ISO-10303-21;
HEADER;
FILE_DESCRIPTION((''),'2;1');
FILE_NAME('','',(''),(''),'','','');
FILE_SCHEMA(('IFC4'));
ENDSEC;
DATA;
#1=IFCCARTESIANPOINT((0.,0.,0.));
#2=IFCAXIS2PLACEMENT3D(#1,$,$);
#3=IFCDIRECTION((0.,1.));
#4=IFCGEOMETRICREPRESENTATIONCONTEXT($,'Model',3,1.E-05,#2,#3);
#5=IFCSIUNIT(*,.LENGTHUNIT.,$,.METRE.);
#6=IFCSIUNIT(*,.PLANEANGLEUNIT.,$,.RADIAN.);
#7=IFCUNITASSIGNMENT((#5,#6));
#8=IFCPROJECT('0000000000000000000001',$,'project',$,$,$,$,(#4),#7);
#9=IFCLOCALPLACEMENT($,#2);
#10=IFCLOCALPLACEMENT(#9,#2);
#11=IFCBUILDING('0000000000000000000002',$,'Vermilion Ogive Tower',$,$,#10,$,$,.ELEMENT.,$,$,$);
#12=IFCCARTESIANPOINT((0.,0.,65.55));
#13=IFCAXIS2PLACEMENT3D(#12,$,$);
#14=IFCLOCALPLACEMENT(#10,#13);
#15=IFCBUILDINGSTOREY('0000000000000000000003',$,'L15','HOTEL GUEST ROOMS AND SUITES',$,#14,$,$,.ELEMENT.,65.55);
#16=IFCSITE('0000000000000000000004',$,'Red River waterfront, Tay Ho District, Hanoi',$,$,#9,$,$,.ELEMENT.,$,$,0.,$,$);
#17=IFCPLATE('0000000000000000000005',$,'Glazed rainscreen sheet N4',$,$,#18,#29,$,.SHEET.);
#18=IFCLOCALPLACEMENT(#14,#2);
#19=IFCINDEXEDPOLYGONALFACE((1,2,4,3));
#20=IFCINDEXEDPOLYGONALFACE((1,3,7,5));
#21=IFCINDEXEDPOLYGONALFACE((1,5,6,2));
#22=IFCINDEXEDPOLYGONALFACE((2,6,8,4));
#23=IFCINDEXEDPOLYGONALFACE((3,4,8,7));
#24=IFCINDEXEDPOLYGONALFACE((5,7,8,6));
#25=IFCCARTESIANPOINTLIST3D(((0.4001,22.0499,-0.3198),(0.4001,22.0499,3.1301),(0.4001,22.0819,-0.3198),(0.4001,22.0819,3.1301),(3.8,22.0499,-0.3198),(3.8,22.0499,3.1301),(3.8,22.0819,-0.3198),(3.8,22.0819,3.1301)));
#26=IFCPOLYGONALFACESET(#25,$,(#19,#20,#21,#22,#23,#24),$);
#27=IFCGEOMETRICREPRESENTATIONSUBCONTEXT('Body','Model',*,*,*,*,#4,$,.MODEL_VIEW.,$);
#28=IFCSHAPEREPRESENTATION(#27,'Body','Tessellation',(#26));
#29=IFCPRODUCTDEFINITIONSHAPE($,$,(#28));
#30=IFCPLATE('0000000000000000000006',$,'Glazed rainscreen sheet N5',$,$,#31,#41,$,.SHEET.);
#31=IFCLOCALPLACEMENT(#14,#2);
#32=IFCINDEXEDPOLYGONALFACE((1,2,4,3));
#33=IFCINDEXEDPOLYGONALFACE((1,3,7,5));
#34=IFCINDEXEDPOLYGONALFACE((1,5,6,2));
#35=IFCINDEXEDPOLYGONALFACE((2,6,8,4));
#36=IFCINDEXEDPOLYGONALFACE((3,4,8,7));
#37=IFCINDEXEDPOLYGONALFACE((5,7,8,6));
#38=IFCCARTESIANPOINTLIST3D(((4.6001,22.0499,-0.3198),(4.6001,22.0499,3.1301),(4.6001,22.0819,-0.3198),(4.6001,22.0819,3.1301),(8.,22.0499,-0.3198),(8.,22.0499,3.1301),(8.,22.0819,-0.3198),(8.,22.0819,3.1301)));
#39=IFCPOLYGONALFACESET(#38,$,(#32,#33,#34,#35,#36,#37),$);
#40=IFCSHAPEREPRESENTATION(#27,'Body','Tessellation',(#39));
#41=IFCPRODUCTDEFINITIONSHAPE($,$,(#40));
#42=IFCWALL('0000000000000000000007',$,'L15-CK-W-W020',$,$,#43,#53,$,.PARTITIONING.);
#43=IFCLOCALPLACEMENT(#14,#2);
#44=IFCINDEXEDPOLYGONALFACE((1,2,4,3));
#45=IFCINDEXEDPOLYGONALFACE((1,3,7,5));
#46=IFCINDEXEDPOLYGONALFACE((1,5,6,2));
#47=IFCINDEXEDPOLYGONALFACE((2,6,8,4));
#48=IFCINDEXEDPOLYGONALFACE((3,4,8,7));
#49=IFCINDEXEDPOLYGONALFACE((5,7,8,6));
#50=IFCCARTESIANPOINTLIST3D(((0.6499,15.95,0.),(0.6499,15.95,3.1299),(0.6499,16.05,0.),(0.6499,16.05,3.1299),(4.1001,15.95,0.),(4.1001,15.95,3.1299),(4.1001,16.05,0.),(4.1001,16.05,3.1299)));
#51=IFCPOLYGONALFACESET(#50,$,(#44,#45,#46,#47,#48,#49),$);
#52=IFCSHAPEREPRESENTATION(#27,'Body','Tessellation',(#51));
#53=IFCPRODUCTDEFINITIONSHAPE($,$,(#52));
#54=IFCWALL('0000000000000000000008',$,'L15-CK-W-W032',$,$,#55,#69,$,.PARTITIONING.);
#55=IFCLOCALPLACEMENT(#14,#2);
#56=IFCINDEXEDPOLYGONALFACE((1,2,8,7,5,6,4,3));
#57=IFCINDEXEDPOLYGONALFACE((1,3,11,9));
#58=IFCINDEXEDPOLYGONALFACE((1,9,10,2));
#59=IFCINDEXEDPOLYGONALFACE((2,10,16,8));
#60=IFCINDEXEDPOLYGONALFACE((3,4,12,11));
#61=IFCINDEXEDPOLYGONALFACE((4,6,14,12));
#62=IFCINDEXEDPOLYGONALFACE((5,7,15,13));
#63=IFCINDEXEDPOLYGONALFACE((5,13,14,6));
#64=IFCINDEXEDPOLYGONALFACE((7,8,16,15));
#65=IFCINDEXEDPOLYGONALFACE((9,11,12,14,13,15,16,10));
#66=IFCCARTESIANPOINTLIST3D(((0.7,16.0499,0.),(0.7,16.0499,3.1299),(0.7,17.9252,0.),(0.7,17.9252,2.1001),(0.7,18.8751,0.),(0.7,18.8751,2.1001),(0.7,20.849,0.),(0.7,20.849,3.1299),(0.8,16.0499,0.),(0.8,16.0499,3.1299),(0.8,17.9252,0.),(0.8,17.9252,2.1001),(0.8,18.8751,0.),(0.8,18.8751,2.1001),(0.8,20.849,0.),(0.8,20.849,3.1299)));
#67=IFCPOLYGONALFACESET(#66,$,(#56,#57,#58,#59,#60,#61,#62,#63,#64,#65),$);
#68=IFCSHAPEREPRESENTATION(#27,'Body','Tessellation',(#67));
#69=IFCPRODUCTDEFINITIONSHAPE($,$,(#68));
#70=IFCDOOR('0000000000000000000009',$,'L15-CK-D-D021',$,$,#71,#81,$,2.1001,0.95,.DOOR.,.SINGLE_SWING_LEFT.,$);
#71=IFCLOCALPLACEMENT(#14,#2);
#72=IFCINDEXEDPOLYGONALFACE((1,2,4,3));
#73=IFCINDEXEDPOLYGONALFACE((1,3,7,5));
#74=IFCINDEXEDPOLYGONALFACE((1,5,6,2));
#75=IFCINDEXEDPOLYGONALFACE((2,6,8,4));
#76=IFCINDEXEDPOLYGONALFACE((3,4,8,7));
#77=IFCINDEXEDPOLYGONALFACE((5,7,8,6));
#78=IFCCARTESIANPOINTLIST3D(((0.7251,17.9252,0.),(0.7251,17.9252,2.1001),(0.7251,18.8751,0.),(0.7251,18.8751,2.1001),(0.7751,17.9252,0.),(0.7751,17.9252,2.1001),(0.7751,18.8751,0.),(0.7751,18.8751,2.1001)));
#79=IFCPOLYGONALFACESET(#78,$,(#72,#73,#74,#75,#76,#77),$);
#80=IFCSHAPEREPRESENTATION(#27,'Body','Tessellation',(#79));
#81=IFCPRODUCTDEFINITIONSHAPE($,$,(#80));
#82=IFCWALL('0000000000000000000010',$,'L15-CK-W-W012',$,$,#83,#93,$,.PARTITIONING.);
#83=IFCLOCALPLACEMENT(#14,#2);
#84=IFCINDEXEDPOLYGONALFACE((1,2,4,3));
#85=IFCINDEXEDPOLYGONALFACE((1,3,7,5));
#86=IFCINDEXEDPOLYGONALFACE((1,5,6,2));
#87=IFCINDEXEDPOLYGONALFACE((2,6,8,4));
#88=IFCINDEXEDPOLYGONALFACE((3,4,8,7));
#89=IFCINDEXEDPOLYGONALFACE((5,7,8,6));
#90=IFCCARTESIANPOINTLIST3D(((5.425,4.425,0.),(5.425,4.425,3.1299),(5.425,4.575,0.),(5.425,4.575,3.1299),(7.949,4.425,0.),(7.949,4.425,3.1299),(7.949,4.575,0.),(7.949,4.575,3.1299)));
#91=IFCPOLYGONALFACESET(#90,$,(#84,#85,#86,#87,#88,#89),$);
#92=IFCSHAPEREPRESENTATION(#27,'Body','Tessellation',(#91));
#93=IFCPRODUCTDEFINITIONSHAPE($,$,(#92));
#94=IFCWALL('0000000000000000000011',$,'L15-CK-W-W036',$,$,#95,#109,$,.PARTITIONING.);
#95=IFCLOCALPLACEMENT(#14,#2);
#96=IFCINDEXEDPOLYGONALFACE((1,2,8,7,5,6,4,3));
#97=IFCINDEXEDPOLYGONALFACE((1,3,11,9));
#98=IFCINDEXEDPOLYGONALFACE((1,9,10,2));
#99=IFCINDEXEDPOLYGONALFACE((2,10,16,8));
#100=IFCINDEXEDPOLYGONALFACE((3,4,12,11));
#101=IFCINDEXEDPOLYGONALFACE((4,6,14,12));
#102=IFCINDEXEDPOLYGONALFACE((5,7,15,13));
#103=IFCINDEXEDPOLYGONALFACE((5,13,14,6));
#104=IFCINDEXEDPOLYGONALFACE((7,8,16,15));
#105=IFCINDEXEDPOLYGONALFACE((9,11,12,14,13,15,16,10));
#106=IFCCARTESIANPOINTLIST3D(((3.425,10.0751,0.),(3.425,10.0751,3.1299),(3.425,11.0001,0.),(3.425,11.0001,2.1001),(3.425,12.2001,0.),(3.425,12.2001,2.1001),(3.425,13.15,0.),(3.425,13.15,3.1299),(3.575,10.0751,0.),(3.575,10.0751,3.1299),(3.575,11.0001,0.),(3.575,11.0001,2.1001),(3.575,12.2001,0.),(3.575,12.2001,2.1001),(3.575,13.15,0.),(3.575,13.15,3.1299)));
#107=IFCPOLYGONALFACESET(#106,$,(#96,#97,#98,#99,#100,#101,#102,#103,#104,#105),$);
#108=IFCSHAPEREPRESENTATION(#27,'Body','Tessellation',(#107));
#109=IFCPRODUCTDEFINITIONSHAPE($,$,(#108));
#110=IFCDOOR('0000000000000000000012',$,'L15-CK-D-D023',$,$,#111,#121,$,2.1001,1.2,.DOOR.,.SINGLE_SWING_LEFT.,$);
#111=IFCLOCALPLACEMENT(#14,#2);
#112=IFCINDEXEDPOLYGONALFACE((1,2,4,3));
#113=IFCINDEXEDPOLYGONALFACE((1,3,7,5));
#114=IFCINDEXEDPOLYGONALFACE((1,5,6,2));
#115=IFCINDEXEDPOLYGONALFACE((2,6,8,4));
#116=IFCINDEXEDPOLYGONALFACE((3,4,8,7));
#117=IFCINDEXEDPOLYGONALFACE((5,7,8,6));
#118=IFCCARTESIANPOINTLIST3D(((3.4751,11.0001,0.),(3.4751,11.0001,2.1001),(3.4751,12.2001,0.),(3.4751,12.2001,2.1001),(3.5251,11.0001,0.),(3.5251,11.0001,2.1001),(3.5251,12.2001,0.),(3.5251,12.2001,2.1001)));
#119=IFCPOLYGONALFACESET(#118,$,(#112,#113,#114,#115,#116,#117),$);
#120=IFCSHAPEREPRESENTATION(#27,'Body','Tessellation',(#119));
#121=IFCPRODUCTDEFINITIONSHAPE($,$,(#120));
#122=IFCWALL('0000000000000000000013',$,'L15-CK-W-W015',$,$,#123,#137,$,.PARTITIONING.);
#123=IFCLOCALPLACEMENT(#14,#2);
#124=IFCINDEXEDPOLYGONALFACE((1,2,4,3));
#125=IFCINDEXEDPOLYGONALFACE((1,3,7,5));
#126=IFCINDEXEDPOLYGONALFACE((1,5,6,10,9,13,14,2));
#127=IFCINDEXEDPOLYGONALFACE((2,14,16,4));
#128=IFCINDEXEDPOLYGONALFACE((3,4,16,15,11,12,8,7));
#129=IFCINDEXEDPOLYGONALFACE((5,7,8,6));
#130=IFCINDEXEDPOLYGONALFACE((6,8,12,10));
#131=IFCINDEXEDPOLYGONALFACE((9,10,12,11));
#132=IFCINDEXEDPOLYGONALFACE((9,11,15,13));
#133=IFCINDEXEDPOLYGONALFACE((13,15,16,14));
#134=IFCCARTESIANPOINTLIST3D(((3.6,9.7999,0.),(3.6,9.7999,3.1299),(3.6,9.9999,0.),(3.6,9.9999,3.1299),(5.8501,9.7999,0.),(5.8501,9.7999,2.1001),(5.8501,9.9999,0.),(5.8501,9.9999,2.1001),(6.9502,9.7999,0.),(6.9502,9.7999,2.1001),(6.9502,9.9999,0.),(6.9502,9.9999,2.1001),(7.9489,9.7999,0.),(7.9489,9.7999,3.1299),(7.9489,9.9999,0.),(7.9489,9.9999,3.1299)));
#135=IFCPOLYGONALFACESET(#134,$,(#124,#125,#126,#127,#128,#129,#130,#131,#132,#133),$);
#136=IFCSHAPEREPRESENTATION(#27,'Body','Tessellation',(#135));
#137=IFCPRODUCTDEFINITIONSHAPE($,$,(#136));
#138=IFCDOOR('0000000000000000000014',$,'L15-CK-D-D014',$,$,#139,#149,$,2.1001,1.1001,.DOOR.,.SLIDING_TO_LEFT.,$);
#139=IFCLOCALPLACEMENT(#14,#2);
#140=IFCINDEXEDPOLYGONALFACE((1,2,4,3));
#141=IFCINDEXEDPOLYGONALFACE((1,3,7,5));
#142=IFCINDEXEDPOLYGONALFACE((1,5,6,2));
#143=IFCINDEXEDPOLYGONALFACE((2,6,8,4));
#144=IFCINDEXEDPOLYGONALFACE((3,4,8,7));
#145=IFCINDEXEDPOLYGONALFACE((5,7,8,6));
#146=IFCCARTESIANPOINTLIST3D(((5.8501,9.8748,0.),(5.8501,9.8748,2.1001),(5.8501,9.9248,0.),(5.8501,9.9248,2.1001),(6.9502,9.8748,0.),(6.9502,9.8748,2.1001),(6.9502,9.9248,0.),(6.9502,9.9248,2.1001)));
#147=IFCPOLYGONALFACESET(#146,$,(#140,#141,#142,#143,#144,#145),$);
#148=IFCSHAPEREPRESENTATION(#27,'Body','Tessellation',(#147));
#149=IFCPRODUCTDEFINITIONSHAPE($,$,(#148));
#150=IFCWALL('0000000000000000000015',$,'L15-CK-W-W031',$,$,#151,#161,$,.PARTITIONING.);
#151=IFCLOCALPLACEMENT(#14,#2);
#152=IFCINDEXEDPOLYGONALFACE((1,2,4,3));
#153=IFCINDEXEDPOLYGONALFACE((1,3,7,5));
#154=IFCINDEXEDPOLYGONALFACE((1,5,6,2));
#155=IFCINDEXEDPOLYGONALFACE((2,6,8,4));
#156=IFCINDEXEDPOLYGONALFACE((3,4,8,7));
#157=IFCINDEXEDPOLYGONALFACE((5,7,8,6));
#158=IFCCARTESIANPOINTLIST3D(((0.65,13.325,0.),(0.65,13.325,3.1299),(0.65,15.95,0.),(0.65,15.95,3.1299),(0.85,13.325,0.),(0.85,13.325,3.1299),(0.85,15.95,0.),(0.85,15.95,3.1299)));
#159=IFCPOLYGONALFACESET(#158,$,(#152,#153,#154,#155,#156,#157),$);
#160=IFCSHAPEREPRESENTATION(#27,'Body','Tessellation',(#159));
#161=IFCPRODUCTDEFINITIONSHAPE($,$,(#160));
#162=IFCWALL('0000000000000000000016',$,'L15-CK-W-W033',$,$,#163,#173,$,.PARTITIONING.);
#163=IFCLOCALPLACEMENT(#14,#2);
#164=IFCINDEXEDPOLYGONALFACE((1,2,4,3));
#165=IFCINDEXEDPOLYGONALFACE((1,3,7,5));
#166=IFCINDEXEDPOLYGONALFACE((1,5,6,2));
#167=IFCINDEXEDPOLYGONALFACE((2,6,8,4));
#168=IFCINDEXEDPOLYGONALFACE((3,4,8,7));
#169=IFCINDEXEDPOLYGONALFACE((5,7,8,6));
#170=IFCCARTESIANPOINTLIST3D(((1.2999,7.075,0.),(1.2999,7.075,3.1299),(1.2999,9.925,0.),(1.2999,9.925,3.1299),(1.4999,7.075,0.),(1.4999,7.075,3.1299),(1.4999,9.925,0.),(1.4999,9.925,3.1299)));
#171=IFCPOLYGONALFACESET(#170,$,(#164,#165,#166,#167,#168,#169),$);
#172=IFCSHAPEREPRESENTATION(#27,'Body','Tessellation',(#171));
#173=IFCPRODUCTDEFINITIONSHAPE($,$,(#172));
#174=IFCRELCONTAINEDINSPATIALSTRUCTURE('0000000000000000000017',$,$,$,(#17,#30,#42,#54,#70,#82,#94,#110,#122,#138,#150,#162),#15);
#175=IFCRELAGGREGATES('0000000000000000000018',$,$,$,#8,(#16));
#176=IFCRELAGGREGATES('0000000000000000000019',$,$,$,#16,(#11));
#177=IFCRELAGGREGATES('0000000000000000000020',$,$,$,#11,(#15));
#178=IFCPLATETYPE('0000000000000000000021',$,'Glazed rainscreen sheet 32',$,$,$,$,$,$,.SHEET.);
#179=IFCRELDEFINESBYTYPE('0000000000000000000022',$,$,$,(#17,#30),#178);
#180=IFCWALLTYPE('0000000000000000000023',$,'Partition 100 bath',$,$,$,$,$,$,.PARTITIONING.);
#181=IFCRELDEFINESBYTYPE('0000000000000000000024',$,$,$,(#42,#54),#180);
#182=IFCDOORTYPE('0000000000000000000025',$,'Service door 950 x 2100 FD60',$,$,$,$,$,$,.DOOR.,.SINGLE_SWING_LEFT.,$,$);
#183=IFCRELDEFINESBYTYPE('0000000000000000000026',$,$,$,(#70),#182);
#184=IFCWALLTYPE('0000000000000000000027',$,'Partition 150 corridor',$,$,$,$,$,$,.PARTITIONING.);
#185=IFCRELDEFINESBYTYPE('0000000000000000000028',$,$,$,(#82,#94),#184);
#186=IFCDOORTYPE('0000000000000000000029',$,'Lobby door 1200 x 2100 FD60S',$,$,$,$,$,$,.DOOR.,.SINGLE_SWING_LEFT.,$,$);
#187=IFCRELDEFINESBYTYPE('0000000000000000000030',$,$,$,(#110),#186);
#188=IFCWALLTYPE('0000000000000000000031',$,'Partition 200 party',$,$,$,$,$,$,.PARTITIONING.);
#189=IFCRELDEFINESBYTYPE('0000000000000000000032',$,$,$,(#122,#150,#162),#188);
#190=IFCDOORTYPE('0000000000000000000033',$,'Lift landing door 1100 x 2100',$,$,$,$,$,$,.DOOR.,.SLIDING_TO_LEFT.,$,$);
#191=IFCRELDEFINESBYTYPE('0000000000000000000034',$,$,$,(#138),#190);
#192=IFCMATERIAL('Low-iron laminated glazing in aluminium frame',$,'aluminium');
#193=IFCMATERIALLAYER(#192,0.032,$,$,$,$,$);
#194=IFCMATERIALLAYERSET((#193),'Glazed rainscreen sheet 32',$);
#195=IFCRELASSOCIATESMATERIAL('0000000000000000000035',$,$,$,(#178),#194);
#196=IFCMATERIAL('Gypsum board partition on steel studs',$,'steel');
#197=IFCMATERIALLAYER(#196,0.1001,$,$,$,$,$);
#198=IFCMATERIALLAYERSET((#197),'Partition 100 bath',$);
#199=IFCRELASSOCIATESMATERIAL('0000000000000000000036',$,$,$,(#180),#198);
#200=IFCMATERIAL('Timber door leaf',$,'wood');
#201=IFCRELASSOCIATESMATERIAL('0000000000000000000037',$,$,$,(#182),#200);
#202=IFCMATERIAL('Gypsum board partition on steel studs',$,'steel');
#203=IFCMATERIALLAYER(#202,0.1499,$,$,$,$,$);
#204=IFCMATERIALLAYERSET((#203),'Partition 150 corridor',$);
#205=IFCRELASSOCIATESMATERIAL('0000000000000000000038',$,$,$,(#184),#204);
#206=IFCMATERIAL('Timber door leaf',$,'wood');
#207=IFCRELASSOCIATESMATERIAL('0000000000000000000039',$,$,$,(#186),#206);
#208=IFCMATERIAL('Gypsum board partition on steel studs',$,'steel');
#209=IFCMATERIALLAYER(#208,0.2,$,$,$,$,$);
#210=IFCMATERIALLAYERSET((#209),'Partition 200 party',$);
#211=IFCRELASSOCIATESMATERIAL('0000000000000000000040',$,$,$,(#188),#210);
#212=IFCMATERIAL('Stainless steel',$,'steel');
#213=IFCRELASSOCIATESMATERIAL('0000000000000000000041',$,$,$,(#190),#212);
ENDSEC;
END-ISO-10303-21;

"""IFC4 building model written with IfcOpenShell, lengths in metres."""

from ifc_helpers import new_model, si_unit, direction, frame, frame_2d, origin, origin_2d, place, context, subcontext, project, spatial, rectangle, extrude, material, layer, layer_set, type_object, element, fill, save


model = new_model("IFC4")

# Units and contexts
model_context = context("Model", 3, precision=1e-05, world=origin(), true_north=direction((0.0, 1.0)))
body_context = subcontext(model_context, "Body", "Model", "MODEL_VIEW")
ifc_project = project(units=[si_unit("LENGTHUNIT", "METRE"), si_unit("PLANEANGLEUNIT", "RADIAN")], contexts=[model_context])

# Site, building, storey
site_placement = place(None, origin())
site = spatial("IfcSite", under=ifc_project, at=site_placement, Name="Red River waterfront, Tay Ho District, Hanoi", CompositionType="ELEMENT", RefElevation=0.0)
building_placement = place(site_placement, origin())
building = spatial("IfcBuilding", under=site, at=building_placement, Name="Vermilion Ogive Tower", CompositionType="ELEMENT")
storey_placement = place(building_placement, frame((0.0, 0.0, 65.55)))
storey = spatial("IfcBuildingStorey", under=building, at=storey_placement, Name="L15", Description="HOTEL GUEST ROOMS AND SUITES", CompositionType="ELEMENT", Elevation=65.55)

# Plates
ifc_material_1 = material(Name="Low-iron laminated glazing in aluminium frame", Category="aluminium")
ifc_layer_1 = layer(ifc_material_1, 0.032)
ifc_layer_set_1 = layer_set([ifc_layer_1], Name="Glazed rainscreen sheet 32")
plate_type = type_object("IfcPlateType", Name="Glazed rainscreen sheet 32", PredefinedType="SHEET", material=ifc_layer_set_1)
for number, where, z_axis, x_axis, name in (
    (1, (2.1001, 22.0659, -0.3198), (0.0, 0.0, 1.0), (1.0, 0.0, 0.0), "Glazed rainscreen sheet N4"),
    (2, (6.3, 22.0659, -0.3198), (0.0, 0.0, 1.0), (1.0, 0.0, 0.0), "Glazed rainscreen sheet N5"),
):
    element("IfcPlate", number, at=place(storey_placement, frame(where, z_axis=z_axis, x_axis=x_axis)), inside=storey, type_object=plate_type, Name=name, PredefinedType="SHEET", context=body_context, shape_type="SweptSolid", body=[
        extrude(rectangle(XDim=3.3999, YDim=0.032, at=origin_2d()), origin(), (0.0, 0.0, 1.0), 3.45),
    ])

# Wall
ifc_material_2 = material(Name="Gypsum board partition on steel studs", Category="steel")
ifc_layer_2 = layer(ifc_material_2, 0.1001)
ifc_layer_set_2 = layer_set([ifc_layer_2], Name="Partition 100 bath")
wall_type_1 = type_object("IfcWallType", Name="Partition 100 bath", PredefinedType="PARTITIONING", material=ifc_layer_set_2)
wall_1_placement = place(storey_placement, frame((0.6499, 16.0, 0.0), z_axis=(0.0, 0.0, 1.0), x_axis=(1.0, 0.0, 0.0)))
element("IfcWall", 3, at=wall_1_placement, inside=storey, type_object=wall_type_1, Name="L15-CK-W-W020", PredefinedType="PARTITIONING", context=body_context, shape_type="SweptSolid", body=[
    extrude(rectangle(XDim=3.4502, YDim=0.1001, at=frame_2d((1.7251, 0.0))), origin(), (0.0, 0.0, 1.0), 3.1299),
])

# Wall, opening, door
wall_2_placement = place(storey_placement, frame((0.75, 16.05, 0.0), z_axis=(0.0, 0.0, 1.0), x_axis=(0.0, 1.0, 0.0)))
wall_2 = element("IfcWall", 4, at=wall_2_placement, inside=storey, type_object=wall_type_1, Name="L15-CK-W-W032", PredefinedType="PARTITIONING", context=body_context, shape_type="SweptSolid", body=[
    extrude(rectangle(XDim=4.7991, YDim=0.1001, at=frame_2d((2.3994, 0.0))), origin(), (0.0, 0.0, 1.0), 3.1299),
])
opening_1_placement = place(wall_2_placement, frame((1.875, 0.0, 0.0)))
opening_1 = element("IfcOpeningElement", 5, at=opening_1_placement, cuts=wall_2, PredefinedType="OPENING", context=body_context, shape_type="SweptSolid", body=[
    extrude(rectangle(XDim=0.95, YDim=2.1001, at=frame_2d((0.4751, 1.05))), frame((0.0, 0.0601, 0.0), z_axis=(0.0, -1.0, 0.0), x_axis=(1.0, 0.0, 0.0)), (0.0, 0.0, 1.0), 0.1201),
])
ifc_material_3 = material(Name="Timber door leaf", Category="wood")
door_type_1 = type_object("IfcDoorType", Name="Service door 950 x 2100 FD60", OperationType="SINGLE_SWING_LEFT", PredefinedType="DOOR", material=ifc_material_3)
door_1_placement = place(opening_1_placement, origin())
door_1 = element("IfcDoor", 6, at=door_1_placement, inside=storey, type_object=door_type_1, Name="L15-CK-D-D021", OperationType="SINGLE_SWING_LEFT", OverallHeight=2.1001, OverallWidth=0.95, PredefinedType="DOOR", context=body_context, shape_type="SweptSolid", body=[
    extrude(rectangle(XDim=0.95, YDim=2.1001, at=frame_2d((0.4751, 1.05))), frame((0.0, 0.0249, 0.0), z_axis=(0.0, -1.0, 0.0), x_axis=(1.0, 0.0, 0.0)), (0.0, 0.0, 1.0), 0.05),
])
fill(opening_1, door_1)

# Wall
ifc_material_4 = material(Name="Gypsum board partition on steel studs", Category="steel")
ifc_layer_3 = layer(ifc_material_4, 0.1499)
ifc_layer_set_3 = layer_set([ifc_layer_3], Name="Partition 150 corridor")
wall_type_2 = type_object("IfcWallType", Name="Partition 150 corridor", PredefinedType="PARTITIONING", material=ifc_layer_set_3)
wall_3_placement = place(storey_placement, frame((5.425, 4.5, 0.0), z_axis=(0.0, 0.0, 1.0), x_axis=(1.0, 0.0, 0.0)))
element("IfcWall", 7, at=wall_3_placement, inside=storey, type_object=wall_type_2, Name="L15-CK-W-W012", PredefinedType="PARTITIONING", context=body_context, shape_type="SweptSolid", body=[
    extrude(rectangle(XDim=2.5239, YDim=0.1499, at=frame_2d((1.262, 0.0))), origin(), (0.0, 0.0, 1.0), 3.1299),
])

# Walls, openings, doors
wall_4_placement = place(storey_placement, frame((3.5, 10.075, 0.0), z_axis=(0.0, 0.0, 1.0), x_axis=(0.0, 1.0, 0.0)))
wall_4 = element("IfcWall", 8, at=wall_4_placement, inside=storey, type_object=wall_type_2, Name="L15-CK-W-W036", PredefinedType="PARTITIONING", context=body_context, shape_type="SweptSolid", body=[
    extrude(rectangle(XDim=3.075, YDim=0.1499, at=frame_2d((1.5376, 0.0))), origin(), (0.0, 0.0, 1.0), 3.1299),
])
opening_2_placement = place(wall_4_placement, frame((0.925, 0.0, 0.0)))
opening_2 = element("IfcOpeningElement", 9, at=opening_2_placement, cuts=wall_4, PredefinedType="OPENING", context=body_context, shape_type="SweptSolid", body=[
    extrude(rectangle(XDim=1.2, YDim=2.1001, at=frame_2d((0.6001, 1.05))), frame((0.0, 0.085, 0.0), z_axis=(0.0, -1.0, 0.0), x_axis=(1.0, 0.0, 0.0)), (0.0, 0.0, 1.0), 0.1699),
])
ifc_material_5 = material(Name="Timber door leaf", Category="wood")
door_type_2 = type_object("IfcDoorType", Name="Lobby door 1200 x 2100 FD60S", OperationType="SINGLE_SWING_LEFT", PredefinedType="DOOR", material=ifc_material_5)
door_2_placement = place(opening_2_placement, origin())
door_2 = element("IfcDoor", 10, at=door_2_placement, inside=storey, type_object=door_type_2, Name="L15-CK-D-D023", OperationType="SINGLE_SWING_LEFT", OverallHeight=2.1001, OverallWidth=1.2, PredefinedType="DOOR", context=body_context, shape_type="SweptSolid", body=[
    extrude(rectangle(XDim=1.2, YDim=2.1001, at=frame_2d((0.6001, 1.05))), frame((0.0, 0.0249, 0.0), z_axis=(0.0, -1.0, 0.0), x_axis=(1.0, 0.0, 0.0)), (0.0, 0.0, 1.0), 0.05),
])
fill(opening_2, door_2)
ifc_material_6 = material(Name="Gypsum board partition on steel studs", Category="steel")
ifc_layer_4 = layer(ifc_material_6, 0.2)
ifc_layer_set_4 = layer_set([ifc_layer_4], Name="Partition 200 party")
wall_type_3 = type_object("IfcWallType", Name="Partition 200 party", PredefinedType="PARTITIONING", material=ifc_layer_set_4)
wall_5_placement = place(storey_placement, frame((3.6001, 9.8999, 0.0), z_axis=(0.0, 0.0, 1.0), x_axis=(1.0, 0.0, 0.0)))
wall_5 = element("IfcWall", 11, at=wall_5_placement, inside=storey, type_object=wall_type_3, Name="L15-CK-W-W015", PredefinedType="PARTITIONING", context=body_context, shape_type="SweptSolid", body=[
    extrude(rectangle(XDim=4.3489, YDim=0.2, at=frame_2d((2.1743, 0.0))), origin(), (0.0, 0.0, 1.0), 3.1299),
])
opening_3_placement = place(wall_5_placement, frame((2.25, 0.0, 0.0)))
opening_3 = element("IfcOpeningElement", 12, at=opening_3_placement, cuts=wall_5, PredefinedType="OPENING", context=body_context, shape_type="SweptSolid", body=[
    extrude(rectangle(XDim=1.1001, YDim=2.1001, at=frame_2d((0.55, 1.05))), frame((0.0, 0.1099, 0.0), z_axis=(0.0, -1.0, 0.0), x_axis=(1.0, 0.0, 0.0)), (0.0, 0.0, 1.0), 0.22),
])
ifc_material_7 = material(Name="Stainless steel", Category="steel")
door_type_3 = type_object("IfcDoorType", Name="Lift landing door 1100 x 2100", OperationType="SLIDING_TO_LEFT", PredefinedType="DOOR", material=ifc_material_7)
door_3_placement = place(opening_3_placement, origin())
door_3 = element("IfcDoor", 13, at=door_3_placement, inside=storey, type_object=door_type_3, Name="L15-CK-D-D014", OperationType="SLIDING_TO_LEFT", OverallHeight=2.1001, OverallWidth=1.1001, PredefinedType="DOOR", context=body_context, shape_type="SweptSolid", body=[
    extrude(rectangle(XDim=1.1001, YDim=2.1001, at=frame_2d((0.55, 1.05))), frame((0.0, 0.0249, 0.0), z_axis=(0.0, -1.0, 0.0), x_axis=(1.0, 0.0, 0.0)), (0.0, 0.0, 1.0), 0.05),
])
fill(opening_3, door_3)

# Walls
wall_6_placement = place(storey_placement, frame((0.75, 13.325, 0.0), z_axis=(0.0, 0.0, 1.0), x_axis=(0.0, 1.0, 0.0)))
element("IfcWall", 14, at=wall_6_placement, inside=storey, type_object=wall_type_3, Name="L15-CK-W-W031", PredefinedType="PARTITIONING", context=body_context, shape_type="SweptSolid", body=[
    extrude(rectangle(XDim=2.625, YDim=0.2, at=frame_2d((1.3125, 0.0))), origin(), (0.0, 0.0, 1.0), 3.1299),
])
for number, where, z_axis, x_axis, name in (
    (15, (1.3999, 7.075, 0.0), (0.0, 0.0, 1.0), (0.0, 1.0, 0.0), "L15-CK-W-W033"),
):
    element("IfcWall", number, at=place(storey_placement, frame(where, z_axis=z_axis, x_axis=x_axis)), inside=storey, type_object=wall_type_3, Name=name, PredefinedType="PARTITIONING", context=body_context, shape_type="SweptSolid", body=[
        extrude(rectangle(XDim=2.8501, YDim=0.2, at=frame_2d((1.425, 0.0))), origin(), (0.0, 0.0, 1.0), 3.1299),
    ])

save(model, "model.ifc")
